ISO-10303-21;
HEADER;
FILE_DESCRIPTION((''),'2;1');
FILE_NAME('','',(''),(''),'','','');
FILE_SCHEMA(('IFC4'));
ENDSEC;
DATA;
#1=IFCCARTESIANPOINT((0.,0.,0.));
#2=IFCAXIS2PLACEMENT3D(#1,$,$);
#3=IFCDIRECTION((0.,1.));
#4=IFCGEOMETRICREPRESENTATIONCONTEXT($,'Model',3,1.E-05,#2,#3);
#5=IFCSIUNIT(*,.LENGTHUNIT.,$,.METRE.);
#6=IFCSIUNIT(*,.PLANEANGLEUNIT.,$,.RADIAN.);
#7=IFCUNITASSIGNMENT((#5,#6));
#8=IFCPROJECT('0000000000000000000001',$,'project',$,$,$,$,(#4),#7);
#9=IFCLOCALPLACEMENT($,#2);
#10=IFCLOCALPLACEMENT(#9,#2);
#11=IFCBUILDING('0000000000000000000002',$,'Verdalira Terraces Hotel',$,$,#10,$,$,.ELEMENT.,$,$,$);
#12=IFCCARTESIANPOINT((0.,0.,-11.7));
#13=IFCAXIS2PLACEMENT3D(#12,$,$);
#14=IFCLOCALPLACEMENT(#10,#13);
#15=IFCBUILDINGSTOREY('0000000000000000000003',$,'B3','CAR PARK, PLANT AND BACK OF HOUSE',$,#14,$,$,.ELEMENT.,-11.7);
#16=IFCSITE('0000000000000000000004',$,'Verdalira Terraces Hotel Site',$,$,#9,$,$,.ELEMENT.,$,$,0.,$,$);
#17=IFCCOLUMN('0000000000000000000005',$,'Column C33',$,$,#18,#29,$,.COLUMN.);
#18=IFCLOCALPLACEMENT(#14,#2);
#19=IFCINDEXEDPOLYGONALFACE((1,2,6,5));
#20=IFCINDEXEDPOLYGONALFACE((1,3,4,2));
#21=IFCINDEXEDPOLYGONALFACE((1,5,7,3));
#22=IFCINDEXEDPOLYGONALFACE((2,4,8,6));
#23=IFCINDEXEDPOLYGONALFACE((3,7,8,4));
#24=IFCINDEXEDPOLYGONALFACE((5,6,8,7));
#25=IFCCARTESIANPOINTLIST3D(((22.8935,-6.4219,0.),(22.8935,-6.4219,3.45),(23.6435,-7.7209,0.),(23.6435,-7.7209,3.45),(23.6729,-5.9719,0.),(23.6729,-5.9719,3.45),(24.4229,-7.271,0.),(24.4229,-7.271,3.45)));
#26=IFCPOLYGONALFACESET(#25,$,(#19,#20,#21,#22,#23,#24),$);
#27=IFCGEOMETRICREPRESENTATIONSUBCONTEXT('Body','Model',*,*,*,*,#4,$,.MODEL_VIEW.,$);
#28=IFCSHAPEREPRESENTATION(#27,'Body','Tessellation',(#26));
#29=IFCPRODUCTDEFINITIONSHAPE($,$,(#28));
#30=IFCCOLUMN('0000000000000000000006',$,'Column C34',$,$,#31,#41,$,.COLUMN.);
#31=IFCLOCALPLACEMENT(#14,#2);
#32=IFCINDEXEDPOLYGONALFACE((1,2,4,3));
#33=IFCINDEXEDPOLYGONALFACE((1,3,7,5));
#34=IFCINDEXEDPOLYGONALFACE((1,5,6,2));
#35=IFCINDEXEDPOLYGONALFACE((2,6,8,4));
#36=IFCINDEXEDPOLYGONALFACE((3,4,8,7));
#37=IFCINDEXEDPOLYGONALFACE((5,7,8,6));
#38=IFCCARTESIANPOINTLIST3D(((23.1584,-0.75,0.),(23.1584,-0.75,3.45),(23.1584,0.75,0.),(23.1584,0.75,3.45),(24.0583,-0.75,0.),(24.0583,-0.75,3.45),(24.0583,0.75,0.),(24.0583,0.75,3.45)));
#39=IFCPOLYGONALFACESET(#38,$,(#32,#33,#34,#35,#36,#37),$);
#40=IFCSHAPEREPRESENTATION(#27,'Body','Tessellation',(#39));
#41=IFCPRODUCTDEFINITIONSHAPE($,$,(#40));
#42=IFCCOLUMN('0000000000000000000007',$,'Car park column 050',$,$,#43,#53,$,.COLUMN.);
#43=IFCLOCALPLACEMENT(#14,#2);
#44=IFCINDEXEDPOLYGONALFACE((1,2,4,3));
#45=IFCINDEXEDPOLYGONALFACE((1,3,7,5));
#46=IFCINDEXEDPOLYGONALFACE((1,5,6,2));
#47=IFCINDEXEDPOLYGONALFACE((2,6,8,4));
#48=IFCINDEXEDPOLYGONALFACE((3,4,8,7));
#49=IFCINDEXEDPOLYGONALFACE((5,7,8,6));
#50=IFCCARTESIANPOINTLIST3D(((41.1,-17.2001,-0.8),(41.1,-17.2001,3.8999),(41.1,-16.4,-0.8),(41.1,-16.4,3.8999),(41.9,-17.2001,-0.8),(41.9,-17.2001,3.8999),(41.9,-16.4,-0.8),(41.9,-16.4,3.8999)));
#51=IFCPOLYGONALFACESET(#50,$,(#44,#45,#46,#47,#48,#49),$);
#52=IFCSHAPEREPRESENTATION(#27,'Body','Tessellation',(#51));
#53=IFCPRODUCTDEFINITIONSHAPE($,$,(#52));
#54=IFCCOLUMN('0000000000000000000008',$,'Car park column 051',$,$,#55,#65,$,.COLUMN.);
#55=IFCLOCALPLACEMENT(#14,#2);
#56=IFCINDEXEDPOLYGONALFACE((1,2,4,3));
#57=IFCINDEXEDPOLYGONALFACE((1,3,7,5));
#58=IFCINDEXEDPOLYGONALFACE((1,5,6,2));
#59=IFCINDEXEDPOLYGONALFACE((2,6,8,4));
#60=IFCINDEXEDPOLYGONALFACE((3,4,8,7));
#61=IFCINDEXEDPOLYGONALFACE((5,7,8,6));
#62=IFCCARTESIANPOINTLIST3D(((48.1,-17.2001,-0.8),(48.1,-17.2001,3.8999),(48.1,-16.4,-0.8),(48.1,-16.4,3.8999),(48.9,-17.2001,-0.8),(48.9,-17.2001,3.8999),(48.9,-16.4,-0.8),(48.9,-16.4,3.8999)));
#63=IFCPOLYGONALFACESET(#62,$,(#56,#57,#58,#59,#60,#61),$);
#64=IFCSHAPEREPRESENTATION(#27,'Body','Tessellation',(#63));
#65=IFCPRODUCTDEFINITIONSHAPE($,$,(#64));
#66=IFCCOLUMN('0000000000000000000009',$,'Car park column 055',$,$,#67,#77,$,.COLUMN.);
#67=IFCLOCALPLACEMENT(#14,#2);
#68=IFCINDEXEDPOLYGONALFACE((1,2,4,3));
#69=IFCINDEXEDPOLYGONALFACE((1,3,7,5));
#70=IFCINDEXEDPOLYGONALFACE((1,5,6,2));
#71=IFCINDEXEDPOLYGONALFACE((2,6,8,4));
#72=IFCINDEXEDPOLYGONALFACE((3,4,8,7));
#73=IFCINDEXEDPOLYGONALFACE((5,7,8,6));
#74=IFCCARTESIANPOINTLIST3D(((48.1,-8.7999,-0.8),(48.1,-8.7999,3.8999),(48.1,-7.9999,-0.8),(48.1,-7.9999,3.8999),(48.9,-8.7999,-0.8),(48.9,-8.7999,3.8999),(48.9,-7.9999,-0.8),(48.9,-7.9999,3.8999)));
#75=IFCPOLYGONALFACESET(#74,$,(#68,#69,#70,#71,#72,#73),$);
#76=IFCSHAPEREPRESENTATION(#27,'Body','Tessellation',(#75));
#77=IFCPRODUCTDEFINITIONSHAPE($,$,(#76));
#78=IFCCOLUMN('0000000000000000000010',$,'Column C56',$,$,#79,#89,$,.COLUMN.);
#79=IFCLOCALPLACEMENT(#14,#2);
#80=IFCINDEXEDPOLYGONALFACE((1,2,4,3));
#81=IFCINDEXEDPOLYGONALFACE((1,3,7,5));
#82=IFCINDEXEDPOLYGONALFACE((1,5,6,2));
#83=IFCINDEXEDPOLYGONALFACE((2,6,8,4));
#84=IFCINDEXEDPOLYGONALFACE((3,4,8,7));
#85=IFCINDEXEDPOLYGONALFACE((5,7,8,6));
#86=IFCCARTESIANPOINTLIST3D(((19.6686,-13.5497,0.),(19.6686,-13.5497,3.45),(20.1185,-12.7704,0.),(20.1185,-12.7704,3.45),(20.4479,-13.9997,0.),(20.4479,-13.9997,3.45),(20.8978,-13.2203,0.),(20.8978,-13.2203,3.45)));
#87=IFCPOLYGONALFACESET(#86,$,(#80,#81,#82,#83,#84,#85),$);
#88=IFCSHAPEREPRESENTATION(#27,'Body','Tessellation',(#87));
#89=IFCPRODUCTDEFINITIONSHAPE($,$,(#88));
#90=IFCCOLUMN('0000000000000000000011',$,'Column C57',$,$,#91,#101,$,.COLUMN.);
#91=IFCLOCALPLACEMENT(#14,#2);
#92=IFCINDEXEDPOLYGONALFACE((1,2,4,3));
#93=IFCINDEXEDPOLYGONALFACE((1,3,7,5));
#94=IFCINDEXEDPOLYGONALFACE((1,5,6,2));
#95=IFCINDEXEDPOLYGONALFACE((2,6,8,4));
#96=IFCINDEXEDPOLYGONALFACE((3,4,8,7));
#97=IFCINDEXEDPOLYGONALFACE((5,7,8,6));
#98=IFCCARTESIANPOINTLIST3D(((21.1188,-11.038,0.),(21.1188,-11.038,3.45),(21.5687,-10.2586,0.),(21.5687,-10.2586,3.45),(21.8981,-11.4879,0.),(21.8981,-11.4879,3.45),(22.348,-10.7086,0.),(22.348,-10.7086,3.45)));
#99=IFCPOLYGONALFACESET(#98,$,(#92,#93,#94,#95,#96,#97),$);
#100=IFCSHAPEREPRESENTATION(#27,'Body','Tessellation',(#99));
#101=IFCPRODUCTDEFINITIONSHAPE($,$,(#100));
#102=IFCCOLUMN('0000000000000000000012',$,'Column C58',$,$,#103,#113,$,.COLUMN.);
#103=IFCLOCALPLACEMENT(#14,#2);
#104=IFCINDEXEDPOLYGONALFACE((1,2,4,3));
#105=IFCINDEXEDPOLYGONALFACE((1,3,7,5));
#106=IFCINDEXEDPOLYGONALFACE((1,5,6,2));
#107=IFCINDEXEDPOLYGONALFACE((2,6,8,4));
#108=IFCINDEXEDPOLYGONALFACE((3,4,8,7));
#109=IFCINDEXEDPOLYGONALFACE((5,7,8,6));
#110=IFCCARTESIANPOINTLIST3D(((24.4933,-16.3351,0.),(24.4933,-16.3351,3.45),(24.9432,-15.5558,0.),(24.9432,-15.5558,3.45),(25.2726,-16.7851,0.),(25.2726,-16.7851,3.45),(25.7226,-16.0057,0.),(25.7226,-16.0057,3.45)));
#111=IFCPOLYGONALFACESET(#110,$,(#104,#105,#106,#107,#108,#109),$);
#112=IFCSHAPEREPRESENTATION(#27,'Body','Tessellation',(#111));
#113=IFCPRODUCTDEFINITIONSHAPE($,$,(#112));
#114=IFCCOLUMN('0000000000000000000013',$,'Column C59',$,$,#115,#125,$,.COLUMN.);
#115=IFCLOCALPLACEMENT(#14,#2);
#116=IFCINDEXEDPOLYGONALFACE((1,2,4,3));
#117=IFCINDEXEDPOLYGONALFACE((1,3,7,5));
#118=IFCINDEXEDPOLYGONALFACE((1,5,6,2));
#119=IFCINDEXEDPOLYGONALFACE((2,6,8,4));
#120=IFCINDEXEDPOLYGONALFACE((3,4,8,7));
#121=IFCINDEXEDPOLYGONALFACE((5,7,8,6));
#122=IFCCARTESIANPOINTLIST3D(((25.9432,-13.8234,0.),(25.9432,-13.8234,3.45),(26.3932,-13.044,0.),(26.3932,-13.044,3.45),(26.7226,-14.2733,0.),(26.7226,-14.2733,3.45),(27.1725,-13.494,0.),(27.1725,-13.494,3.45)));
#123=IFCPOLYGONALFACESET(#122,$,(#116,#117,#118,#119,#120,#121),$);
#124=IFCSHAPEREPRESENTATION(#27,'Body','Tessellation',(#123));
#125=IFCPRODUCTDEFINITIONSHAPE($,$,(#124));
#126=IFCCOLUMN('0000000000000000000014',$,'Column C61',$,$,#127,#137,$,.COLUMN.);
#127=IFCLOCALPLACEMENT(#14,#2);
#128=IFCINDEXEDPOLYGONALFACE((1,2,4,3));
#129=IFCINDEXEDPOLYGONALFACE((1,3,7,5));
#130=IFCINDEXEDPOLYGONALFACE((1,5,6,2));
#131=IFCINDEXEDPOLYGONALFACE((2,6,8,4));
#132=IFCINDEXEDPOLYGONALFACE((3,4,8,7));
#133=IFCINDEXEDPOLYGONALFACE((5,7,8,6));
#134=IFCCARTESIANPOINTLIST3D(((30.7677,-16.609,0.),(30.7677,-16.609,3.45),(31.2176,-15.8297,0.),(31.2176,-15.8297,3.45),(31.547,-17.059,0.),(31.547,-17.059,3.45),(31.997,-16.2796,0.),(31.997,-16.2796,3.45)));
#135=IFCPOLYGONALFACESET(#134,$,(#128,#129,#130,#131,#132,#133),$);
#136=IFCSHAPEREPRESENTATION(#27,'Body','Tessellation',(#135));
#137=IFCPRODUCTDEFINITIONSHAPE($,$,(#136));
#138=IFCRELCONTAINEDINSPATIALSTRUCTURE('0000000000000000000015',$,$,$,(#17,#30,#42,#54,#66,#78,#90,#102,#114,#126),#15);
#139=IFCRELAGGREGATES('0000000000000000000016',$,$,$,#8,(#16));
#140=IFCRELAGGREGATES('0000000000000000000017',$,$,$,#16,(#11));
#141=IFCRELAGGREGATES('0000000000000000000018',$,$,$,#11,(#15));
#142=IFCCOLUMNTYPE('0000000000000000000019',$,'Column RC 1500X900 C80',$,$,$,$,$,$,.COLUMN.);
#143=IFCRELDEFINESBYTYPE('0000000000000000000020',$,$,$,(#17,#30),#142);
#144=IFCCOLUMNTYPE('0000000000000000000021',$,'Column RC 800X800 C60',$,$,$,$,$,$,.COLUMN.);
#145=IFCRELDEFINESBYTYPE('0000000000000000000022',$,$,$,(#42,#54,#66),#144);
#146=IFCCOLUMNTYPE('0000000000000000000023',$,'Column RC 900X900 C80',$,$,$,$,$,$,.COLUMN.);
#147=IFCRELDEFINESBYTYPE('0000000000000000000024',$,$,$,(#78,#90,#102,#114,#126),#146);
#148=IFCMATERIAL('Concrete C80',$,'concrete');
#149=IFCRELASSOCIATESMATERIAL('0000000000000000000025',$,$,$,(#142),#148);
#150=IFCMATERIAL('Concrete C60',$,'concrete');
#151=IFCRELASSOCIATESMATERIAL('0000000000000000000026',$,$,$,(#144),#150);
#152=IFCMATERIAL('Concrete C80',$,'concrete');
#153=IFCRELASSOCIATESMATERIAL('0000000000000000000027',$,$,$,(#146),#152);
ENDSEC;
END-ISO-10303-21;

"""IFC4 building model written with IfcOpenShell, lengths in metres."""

from ifc_helpers import new_model, si_unit, direction, frame, origin, origin_2d, place, context, subcontext, project, spatial, rectangle, extrude, material, material_profile, profile_set, type_object, element, save


model = new_model("IFC4")

# Units and contexts
model_context = context("Model", 3, precision=1e-05, world=origin(), true_north=direction((0.0, 1.0)))
body_context = subcontext(model_context, "Body", "Model", "MODEL_VIEW")
ifc_project = project(units=[si_unit("LENGTHUNIT", "METRE"), si_unit("PLANEANGLEUNIT", "RADIAN")], contexts=[model_context])

# Site, building, storey
site_placement = place(None, origin())
site = spatial("IfcSite", under=ifc_project, at=site_placement, Name="Verdalira Terraces Hotel Site", CompositionType="ELEMENT", RefElevation=0.0)
building_placement = place(site_placement, origin())
building = spatial("IfcBuilding", under=site, at=building_placement, Name="Verdalira Terraces Hotel", CompositionType="ELEMENT")
storey_placement = place(building_placement, frame((0.0, 0.0, -11.7)))
storey = spatial("IfcBuildingStorey", under=building, at=storey_placement, Name="B3", Description="CAR PARK, PLANT AND BACK OF HOUSE", CompositionType="ELEMENT", Elevation=-11.7)

# Columns
ifc_material_1 = material(Name="Concrete C80", Category="concrete")
ifc_material_profile_1 = material_profile(ifc_material_1, rectangle(XDim=1.5, YDim=0.8999, at=origin_2d()), Name="RC 1500X900")
ifc_profile_set_1 = profile_set([ifc_material_profile_1], Name="Concrete C80")
column_type_1 = type_object("IfcColumnType", Name="Column RC 1500X900 C80", PredefinedType="COLUMN", material=ifc_profile_set_1)
for number, where, z_axis, x_axis, name in (
    (1, (23.6582, -6.8464, 0.0), (0.0, 0.0, 1.0), (0.5, -0.866025, 0.0), "Column C33"),
    (2, (23.6084, 0.0, 0.0), (0.0, 0.0, 1.0), (0.0, 1.0, 0.0), "Column C34"),
):
    element("IfcColumn", number, at=place(storey_placement, frame(where, z_axis=z_axis, x_axis=x_axis)), inside=storey, type_object=column_type_1, Name=name, PredefinedType="COLUMN", context=body_context, shape_type="SweptSolid", body=[
        extrude(rectangle(XDim=1.5, YDim=0.8999, at=origin_2d()), origin(), (0.0, 0.0, 1.0), 3.45),
    ])
ifc_material_2 = material(Name="Concrete C60", Category="concrete")
ifc_material_profile_2 = material_profile(ifc_material_2, rectangle(XDim=0.8, YDim=0.8, at=origin_2d()), Name="RC 800X800")
ifc_profile_set_2 = profile_set([ifc_material_profile_2], Name="Concrete C60")
column_type_2 = type_object("IfcColumnType", Name="Column RC 800X800 C60", PredefinedType="COLUMN", material=ifc_profile_set_2)
for number, where, z_axis, x_axis, name in (
    (3, (41.5, -16.8, -0.8), (0.0, 0.0, 1.0), (1.0, 0.0, 0.0), "Car park column 050"),
    (4, (48.5, -16.8, -0.8), (0.0, 0.0, 1.0), (1.0, 0.0, 0.0), "Car park column 051"),
    (5, (48.5, -8.3999, -0.8), (0.0, 0.0, 1.0), (1.0, 0.0, 0.0), "Car park column 055"),
):
    element("IfcColumn", number, at=place(storey_placement, frame(where, z_axis=z_axis, x_axis=x_axis)), inside=storey, type_object=column_type_2, Name=name, PredefinedType="COLUMN", context=body_context, shape_type="SweptSolid", body=[
        extrude(rectangle(XDim=0.8, YDim=0.8, at=origin_2d()), origin(), (0.0, 0.0, 1.0), 4.7),
    ])
ifc_material_3 = material(Name="Concrete C80", Category="concrete")
ifc_material_profile_3 = material_profile(ifc_material_3, rectangle(XDim=0.8999, YDim=0.8999, at=origin_2d()), Name="RC 900X900")
ifc_profile_set_3 = profile_set([ifc_material_profile_3], Name="Concrete C80")
column_type_3 = type_object("IfcColumnType", Name="Column RC 900X900 C80", PredefinedType="COLUMN", material=ifc_profile_set_3)
for number, where, z_axis, x_axis, name in (
    (6, (20.2832, -13.385, 0.0), (0.0, 0.0, 1.0), (0.866025, -0.5, 0.0), "Column C56"),
    (7, (21.7334, -10.8733, 0.0), (0.0, 0.0, 1.0), (0.866025, -0.5, 0.0), "Column C57"),
    (8, (25.1079, -16.1704, 0.0), (0.0, 0.0, 1.0), (0.866025, -0.5, 0.0), "Column C58"),
    (9, (26.5579, -13.6587, 0.0), (0.0, 0.0, 1.0), (0.866025, -0.5, 0.0), "Column C59"),
    (10, (31.3823, -16.4443, 0.0), (0.0, 0.0, 1.0), (0.866025, -0.5, 0.0), "Column C61"),
):
    element("IfcColumn", number, at=place(storey_placement, frame(where, z_axis=z_axis, x_axis=x_axis)), inside=storey, type_object=column_type_3, Name=name, PredefinedType="COLUMN", context=body_context, shape_type="SweptSolid", body=[
        extrude(rectangle(XDim=0.8999, YDim=0.8999, at=origin_2d()), origin(), (0.0, 0.0, 1.0), 3.45),
    ])

save(model, "model.ifc")
